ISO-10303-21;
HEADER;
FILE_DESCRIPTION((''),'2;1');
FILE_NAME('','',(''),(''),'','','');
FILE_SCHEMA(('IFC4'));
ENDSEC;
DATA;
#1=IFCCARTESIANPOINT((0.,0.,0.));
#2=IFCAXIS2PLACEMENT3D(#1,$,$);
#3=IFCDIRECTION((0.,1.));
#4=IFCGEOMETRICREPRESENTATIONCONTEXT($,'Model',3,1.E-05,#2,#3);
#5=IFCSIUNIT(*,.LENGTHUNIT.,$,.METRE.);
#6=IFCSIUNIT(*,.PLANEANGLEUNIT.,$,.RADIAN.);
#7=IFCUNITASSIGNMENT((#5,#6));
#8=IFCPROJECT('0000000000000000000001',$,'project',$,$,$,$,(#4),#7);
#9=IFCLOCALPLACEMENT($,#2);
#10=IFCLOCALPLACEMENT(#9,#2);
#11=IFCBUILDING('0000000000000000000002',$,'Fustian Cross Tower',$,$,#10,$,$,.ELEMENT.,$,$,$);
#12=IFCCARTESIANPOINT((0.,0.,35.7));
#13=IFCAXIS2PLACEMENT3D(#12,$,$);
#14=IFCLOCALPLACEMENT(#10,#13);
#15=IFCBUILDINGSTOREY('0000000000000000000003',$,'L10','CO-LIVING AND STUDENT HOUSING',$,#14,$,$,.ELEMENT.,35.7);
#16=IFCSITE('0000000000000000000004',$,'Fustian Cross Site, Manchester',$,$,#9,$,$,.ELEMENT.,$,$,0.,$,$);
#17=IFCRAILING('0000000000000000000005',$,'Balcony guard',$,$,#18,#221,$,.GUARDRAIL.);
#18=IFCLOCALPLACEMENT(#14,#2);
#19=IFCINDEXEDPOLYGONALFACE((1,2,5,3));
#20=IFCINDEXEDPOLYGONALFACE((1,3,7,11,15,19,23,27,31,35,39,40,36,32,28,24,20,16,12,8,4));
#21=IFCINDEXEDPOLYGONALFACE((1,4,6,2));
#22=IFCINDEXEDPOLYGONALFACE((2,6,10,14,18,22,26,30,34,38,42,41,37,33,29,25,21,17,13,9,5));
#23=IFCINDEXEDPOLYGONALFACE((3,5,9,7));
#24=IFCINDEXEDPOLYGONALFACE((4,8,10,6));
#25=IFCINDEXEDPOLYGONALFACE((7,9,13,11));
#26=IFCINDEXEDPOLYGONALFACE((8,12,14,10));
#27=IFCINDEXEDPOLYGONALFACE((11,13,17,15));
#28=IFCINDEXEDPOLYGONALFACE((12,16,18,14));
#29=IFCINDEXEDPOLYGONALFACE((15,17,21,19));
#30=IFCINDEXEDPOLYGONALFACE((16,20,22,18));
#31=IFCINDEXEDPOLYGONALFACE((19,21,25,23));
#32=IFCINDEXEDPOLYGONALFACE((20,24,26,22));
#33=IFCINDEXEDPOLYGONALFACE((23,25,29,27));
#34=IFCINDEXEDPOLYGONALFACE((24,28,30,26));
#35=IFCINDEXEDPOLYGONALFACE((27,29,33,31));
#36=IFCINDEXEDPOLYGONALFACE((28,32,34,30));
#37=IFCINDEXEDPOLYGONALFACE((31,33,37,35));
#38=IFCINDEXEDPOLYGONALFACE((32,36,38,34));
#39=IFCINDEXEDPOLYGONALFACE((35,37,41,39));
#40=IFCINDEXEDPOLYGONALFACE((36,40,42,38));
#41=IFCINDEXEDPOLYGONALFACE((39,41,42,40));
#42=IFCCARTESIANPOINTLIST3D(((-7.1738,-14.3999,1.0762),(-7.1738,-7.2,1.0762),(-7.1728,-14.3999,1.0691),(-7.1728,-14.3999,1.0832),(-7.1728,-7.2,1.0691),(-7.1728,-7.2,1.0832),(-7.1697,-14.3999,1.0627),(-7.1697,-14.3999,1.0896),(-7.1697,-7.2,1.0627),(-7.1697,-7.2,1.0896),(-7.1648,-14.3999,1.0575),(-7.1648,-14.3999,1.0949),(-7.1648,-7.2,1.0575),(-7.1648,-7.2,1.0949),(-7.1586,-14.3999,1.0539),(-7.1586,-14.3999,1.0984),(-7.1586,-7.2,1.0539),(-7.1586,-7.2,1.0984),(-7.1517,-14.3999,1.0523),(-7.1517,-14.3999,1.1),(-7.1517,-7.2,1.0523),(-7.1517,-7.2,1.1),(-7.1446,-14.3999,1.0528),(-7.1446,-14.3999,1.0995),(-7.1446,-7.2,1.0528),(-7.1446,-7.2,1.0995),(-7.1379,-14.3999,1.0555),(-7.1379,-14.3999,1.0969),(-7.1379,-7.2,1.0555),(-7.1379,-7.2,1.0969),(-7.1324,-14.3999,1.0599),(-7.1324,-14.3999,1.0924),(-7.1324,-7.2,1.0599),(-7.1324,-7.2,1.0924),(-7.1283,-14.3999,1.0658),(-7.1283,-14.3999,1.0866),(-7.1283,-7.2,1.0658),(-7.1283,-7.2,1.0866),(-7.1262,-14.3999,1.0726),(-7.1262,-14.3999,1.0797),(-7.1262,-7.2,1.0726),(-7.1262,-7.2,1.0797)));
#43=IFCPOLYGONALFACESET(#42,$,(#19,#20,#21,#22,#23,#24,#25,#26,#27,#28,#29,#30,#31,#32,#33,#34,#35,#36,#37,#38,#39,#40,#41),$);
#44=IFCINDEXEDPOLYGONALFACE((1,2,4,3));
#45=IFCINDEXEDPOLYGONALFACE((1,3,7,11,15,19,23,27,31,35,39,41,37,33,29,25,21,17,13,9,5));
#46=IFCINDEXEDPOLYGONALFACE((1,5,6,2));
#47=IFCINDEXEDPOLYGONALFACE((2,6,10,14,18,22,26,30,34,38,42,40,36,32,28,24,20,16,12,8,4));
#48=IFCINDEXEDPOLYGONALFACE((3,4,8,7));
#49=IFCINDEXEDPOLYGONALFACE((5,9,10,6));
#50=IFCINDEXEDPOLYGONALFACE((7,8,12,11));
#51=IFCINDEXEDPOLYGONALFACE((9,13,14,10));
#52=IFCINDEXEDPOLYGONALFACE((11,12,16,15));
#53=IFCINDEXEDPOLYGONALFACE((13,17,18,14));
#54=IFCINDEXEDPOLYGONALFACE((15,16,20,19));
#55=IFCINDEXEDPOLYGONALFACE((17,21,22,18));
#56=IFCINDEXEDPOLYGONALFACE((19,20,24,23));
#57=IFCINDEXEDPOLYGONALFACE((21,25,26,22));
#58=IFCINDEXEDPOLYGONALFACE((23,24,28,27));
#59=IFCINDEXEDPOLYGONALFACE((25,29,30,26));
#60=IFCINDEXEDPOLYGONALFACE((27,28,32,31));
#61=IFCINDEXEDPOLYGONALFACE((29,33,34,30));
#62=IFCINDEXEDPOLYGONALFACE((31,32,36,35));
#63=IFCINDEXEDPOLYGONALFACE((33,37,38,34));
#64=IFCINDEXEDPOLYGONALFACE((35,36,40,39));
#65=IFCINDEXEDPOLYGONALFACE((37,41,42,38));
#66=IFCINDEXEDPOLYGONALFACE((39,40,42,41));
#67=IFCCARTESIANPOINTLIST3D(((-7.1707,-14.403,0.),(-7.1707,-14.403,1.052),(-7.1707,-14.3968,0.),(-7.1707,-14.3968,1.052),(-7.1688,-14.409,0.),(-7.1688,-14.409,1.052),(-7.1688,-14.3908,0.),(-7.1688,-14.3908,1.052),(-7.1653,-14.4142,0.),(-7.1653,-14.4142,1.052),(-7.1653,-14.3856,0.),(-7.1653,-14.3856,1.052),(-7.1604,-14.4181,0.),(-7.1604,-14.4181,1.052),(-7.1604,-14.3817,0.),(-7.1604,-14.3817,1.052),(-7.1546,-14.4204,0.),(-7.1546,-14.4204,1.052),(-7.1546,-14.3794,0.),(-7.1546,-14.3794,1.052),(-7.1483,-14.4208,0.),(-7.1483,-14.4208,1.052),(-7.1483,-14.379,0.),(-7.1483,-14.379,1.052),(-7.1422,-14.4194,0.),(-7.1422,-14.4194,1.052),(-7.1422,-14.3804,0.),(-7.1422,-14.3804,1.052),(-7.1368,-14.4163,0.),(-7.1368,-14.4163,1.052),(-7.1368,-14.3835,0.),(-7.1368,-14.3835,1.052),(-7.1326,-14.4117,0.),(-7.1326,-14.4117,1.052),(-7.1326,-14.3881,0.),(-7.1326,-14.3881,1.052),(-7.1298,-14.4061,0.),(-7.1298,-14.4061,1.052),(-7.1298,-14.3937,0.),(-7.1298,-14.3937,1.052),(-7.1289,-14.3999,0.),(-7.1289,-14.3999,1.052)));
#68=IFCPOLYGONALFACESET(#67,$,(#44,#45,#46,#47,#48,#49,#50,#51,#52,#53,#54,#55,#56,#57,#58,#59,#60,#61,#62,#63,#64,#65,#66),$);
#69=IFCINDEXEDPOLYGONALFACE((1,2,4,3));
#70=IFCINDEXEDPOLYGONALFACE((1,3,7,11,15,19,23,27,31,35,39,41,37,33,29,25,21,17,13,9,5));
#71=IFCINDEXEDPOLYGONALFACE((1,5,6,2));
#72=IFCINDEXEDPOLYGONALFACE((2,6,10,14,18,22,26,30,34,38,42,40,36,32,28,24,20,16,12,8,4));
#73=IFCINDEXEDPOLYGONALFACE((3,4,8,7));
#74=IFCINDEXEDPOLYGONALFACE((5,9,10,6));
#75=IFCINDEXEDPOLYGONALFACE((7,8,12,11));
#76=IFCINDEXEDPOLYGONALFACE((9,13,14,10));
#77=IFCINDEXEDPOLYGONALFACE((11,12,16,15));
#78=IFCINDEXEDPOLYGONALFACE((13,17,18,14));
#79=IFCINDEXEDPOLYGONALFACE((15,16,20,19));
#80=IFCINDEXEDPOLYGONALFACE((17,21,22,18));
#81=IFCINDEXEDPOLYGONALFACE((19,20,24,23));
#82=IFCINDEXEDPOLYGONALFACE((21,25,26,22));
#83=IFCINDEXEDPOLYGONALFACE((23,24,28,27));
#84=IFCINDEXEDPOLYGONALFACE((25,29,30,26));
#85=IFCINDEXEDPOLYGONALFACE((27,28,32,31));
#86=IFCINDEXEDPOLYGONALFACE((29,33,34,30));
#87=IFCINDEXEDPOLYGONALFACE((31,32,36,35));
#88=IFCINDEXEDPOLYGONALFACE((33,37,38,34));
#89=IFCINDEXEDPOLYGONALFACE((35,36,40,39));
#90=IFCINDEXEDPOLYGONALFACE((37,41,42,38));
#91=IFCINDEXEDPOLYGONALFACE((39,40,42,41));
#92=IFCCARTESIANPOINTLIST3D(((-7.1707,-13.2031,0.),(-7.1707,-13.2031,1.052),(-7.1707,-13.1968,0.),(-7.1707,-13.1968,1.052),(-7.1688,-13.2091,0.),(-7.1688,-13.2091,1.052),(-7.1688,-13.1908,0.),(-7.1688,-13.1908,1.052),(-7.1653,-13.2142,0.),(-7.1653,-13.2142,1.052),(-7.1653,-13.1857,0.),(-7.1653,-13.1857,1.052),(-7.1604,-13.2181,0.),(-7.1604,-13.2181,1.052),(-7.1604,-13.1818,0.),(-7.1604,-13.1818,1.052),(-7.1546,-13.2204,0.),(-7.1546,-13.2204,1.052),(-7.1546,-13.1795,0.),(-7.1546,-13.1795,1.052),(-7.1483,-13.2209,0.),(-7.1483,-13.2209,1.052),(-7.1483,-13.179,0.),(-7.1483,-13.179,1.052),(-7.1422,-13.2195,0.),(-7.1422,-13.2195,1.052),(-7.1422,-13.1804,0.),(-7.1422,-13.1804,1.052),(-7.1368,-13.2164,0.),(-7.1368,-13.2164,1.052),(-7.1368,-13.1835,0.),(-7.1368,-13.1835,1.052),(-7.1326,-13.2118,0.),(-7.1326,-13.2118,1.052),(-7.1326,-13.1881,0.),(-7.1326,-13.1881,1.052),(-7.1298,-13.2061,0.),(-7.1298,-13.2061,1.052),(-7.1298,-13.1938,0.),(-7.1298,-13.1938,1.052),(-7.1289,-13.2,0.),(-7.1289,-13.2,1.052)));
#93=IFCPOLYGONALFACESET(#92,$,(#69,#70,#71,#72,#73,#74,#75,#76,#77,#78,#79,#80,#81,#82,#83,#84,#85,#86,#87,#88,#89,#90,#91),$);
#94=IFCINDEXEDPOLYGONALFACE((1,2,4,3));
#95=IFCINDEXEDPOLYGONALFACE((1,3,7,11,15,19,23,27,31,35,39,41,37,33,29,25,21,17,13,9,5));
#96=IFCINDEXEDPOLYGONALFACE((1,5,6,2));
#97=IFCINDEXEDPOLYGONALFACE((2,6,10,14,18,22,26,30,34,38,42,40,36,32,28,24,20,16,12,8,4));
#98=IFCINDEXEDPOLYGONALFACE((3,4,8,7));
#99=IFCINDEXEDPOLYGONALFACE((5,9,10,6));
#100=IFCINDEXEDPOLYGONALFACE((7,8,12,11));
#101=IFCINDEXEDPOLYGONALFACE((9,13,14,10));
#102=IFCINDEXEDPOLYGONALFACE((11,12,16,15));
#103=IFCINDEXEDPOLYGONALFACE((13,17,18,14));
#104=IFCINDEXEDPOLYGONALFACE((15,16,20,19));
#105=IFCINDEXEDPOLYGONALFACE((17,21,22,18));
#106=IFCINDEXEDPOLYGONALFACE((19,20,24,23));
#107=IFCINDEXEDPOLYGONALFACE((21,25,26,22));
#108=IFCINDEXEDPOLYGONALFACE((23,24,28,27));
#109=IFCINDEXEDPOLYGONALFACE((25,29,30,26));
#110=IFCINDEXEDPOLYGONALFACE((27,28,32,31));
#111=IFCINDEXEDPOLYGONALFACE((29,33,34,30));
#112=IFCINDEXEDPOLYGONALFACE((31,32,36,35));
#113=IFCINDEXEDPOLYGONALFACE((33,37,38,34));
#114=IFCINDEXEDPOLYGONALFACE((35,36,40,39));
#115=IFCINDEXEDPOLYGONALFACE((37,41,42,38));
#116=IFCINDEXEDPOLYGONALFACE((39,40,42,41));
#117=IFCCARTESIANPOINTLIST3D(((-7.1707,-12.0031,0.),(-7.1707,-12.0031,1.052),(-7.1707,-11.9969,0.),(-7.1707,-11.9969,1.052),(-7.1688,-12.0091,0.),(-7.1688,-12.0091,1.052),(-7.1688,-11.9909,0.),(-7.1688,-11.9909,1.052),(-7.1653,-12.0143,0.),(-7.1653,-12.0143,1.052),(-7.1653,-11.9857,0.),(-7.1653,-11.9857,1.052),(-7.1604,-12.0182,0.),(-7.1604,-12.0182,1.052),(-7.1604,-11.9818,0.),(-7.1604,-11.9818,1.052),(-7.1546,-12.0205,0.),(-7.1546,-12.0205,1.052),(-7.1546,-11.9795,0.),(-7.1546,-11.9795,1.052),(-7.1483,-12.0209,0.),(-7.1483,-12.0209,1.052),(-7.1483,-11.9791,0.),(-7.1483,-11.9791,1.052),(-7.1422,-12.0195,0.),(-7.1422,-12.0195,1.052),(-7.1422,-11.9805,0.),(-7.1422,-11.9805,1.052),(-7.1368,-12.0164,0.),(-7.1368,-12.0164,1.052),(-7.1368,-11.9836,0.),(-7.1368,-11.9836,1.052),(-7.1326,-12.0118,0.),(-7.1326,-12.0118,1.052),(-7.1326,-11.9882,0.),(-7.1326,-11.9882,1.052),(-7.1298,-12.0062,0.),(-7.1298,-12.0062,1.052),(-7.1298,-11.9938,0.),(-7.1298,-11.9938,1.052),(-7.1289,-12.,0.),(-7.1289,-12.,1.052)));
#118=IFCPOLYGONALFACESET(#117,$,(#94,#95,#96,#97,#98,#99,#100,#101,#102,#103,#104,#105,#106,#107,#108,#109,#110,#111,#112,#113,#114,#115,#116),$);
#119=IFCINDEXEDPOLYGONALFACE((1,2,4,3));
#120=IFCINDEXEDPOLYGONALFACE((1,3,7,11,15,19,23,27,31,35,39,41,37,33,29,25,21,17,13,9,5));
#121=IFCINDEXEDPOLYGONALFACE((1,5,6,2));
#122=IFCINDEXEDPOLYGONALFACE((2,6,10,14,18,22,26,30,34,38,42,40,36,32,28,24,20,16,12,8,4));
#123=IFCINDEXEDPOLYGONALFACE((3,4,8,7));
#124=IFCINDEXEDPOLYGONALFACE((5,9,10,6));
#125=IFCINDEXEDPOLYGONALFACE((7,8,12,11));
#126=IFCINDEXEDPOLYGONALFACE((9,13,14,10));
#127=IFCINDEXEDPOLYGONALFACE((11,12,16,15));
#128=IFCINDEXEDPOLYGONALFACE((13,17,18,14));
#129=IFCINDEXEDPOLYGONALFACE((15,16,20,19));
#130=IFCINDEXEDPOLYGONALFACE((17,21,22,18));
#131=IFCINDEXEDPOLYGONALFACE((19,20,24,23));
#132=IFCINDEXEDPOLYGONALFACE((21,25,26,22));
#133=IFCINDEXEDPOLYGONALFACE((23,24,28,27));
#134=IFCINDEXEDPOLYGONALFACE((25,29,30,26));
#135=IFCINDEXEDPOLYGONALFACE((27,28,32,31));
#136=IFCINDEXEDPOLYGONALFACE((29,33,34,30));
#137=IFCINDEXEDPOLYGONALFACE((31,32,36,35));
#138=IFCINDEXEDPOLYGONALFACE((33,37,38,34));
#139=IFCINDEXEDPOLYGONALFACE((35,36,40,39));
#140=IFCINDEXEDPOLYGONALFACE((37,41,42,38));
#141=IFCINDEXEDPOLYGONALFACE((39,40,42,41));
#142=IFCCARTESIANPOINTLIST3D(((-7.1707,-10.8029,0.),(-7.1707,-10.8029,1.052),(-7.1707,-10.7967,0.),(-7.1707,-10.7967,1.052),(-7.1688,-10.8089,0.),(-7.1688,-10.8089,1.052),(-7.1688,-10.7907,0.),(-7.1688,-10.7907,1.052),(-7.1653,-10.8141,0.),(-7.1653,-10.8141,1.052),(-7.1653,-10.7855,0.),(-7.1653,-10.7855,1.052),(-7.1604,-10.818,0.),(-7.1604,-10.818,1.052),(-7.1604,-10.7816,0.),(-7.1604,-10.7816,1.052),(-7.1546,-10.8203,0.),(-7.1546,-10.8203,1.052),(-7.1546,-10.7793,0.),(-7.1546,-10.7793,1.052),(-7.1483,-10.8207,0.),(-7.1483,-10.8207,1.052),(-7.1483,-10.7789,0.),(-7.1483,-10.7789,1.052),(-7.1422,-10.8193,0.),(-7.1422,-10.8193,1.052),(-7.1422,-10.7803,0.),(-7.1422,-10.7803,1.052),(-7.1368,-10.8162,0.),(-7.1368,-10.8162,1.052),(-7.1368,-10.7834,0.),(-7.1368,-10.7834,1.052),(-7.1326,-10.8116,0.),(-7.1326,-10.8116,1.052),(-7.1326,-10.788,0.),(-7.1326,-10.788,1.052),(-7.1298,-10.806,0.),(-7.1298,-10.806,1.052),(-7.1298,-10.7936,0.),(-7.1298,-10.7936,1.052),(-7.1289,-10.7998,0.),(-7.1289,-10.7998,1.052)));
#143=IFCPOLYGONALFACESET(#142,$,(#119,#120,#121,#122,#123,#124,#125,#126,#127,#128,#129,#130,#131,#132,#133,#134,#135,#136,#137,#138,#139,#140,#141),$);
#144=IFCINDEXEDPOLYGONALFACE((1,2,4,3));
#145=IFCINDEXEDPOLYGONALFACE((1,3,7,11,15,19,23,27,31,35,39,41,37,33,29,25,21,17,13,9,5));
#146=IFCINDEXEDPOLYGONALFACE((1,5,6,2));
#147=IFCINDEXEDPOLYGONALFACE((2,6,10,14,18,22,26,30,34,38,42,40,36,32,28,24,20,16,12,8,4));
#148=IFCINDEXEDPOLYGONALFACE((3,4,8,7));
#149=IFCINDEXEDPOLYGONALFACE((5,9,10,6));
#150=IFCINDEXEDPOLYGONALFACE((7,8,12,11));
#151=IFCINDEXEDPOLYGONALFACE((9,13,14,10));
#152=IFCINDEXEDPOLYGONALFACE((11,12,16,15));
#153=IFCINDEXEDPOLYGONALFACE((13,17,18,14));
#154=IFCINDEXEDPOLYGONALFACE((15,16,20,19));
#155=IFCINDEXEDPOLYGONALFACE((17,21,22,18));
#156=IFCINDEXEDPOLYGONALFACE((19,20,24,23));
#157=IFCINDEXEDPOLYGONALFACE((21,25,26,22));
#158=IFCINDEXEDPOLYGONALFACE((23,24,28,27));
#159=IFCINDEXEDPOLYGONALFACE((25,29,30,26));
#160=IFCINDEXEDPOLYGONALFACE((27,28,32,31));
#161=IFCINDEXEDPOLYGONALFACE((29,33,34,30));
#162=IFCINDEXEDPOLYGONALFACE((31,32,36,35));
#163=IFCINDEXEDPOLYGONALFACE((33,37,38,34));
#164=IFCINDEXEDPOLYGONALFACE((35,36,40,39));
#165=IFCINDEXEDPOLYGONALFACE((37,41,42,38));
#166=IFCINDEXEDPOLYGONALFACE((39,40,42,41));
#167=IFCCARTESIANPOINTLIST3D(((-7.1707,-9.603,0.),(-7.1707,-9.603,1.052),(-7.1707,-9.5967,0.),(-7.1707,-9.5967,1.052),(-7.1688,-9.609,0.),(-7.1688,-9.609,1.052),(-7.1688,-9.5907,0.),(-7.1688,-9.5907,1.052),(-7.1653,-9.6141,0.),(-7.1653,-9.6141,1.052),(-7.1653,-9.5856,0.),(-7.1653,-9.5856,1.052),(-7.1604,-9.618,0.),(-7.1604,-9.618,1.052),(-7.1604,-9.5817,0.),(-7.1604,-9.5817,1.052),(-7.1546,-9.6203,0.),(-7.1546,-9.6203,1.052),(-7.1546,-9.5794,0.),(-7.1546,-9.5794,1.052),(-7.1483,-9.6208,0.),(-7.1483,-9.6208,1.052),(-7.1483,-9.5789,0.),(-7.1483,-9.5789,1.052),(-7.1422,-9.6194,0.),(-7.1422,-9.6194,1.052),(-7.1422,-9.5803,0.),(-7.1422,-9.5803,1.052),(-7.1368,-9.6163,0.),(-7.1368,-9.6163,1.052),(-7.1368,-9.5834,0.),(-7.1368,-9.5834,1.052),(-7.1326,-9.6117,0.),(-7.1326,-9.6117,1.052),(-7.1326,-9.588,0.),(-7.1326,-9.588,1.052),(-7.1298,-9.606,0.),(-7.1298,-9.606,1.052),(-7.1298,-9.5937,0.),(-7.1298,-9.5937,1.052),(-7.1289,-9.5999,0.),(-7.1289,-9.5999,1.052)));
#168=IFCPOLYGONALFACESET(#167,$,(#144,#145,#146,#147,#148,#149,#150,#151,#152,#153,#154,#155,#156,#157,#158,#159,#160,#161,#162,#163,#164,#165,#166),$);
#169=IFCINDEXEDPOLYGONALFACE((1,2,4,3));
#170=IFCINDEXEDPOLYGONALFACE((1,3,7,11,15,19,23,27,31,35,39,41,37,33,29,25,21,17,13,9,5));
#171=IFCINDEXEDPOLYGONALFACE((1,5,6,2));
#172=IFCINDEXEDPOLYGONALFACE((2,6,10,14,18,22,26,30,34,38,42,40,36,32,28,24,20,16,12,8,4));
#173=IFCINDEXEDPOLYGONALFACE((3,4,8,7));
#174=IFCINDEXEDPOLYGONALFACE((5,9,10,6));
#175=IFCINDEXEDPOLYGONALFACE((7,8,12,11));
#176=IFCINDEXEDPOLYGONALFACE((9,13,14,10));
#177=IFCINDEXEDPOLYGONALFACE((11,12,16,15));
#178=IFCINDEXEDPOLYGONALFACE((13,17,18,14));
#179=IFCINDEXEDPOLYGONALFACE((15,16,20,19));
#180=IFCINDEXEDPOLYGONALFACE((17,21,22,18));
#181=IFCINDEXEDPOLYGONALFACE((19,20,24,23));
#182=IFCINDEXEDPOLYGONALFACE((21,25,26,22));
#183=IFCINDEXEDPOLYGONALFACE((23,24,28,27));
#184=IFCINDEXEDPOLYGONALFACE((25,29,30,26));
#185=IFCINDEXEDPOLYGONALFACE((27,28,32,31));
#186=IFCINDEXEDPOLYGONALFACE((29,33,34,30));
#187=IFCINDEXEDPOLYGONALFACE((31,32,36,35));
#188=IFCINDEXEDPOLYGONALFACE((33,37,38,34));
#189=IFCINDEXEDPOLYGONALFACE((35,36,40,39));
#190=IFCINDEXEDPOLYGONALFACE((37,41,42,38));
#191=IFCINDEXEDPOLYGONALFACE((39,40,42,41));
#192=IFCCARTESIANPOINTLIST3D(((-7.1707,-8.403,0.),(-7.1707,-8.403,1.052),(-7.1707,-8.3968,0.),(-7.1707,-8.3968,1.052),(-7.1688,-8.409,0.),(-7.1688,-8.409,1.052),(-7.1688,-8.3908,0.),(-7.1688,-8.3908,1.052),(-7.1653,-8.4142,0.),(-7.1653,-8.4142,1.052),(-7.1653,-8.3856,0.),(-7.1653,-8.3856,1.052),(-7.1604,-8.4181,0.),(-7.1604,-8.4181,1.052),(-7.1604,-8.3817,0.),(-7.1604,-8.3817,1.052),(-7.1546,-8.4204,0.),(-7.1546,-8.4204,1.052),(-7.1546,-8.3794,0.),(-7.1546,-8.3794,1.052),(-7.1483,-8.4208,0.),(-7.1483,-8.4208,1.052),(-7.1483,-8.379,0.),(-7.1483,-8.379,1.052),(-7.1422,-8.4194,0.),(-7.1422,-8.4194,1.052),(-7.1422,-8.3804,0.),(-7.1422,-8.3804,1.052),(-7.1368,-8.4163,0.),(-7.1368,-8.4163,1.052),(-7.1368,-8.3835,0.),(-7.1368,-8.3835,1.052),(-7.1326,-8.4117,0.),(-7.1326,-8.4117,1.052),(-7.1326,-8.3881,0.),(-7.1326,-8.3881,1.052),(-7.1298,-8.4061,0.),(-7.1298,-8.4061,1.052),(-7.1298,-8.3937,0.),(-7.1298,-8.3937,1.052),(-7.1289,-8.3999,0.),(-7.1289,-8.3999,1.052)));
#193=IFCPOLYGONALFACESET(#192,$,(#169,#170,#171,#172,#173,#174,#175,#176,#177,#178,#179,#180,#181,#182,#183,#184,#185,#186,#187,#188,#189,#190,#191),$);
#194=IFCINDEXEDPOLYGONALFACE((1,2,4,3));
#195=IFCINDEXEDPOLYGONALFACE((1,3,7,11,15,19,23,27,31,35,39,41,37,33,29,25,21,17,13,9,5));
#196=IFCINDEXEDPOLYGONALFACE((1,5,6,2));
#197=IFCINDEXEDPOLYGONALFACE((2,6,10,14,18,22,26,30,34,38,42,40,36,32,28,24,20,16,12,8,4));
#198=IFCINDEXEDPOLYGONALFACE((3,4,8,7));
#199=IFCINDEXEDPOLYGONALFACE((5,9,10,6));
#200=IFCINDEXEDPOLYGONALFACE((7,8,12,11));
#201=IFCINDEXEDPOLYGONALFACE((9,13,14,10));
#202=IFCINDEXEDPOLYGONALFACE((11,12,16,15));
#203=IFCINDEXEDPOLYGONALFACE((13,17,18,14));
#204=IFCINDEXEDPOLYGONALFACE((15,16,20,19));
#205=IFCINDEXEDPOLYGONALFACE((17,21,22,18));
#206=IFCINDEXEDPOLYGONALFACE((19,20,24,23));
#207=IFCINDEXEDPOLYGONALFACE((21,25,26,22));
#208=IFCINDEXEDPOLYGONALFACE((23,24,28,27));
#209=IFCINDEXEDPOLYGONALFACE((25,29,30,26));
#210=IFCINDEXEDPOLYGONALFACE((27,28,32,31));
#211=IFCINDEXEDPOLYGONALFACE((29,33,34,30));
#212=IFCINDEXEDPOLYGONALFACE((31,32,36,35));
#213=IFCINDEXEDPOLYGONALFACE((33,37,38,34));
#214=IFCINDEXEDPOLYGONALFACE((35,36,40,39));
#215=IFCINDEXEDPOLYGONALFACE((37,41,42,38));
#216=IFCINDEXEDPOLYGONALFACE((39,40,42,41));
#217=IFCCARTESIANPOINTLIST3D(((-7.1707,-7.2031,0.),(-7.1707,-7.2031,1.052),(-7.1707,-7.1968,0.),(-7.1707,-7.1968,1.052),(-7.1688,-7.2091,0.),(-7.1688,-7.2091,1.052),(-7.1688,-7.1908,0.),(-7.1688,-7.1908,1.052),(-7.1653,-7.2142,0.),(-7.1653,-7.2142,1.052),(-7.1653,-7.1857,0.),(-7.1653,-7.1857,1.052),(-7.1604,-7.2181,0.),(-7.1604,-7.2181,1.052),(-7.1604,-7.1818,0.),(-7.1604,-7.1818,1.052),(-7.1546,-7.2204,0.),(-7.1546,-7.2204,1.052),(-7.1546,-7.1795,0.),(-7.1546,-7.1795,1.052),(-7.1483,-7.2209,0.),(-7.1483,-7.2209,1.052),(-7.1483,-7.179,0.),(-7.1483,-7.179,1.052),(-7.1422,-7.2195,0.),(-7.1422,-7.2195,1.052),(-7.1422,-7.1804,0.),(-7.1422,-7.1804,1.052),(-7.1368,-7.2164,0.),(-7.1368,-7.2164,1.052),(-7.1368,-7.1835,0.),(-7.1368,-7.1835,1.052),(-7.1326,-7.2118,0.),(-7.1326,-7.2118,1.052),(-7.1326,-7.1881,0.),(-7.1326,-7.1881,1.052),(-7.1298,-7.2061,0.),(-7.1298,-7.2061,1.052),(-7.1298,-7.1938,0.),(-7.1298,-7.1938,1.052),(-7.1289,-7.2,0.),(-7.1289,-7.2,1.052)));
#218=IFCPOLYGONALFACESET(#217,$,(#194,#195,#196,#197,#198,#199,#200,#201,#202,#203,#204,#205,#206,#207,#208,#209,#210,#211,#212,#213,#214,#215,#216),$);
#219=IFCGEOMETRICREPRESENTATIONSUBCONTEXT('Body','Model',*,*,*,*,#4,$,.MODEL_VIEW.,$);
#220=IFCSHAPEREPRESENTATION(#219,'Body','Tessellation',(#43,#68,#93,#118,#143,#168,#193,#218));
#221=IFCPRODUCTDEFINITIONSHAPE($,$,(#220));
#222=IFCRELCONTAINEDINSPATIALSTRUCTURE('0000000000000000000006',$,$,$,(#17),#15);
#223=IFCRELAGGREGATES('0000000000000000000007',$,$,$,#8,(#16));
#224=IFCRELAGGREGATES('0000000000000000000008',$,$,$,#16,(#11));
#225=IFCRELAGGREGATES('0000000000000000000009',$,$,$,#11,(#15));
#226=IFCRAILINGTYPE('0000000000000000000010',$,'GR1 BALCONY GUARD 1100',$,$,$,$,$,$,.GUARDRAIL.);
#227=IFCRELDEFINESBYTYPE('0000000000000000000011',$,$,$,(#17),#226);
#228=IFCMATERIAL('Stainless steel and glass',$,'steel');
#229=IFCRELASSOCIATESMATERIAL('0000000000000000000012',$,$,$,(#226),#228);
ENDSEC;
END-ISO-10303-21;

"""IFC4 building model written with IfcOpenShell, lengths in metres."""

from ifc_helpers import new_model, si_unit, direction, frame, origin, origin_2d, place, context, subcontext, project, spatial, circle, extrude, material, type_object, element, save


model = new_model("IFC4")

# Units and contexts
model_context = context("Model", 3, precision=1e-05, world=origin(), true_north=direction((0.0, 1.0)))
body_context = subcontext(model_context, "Body", "Model", "MODEL_VIEW")
ifc_project = project(units=[si_unit("LENGTHUNIT", "METRE"), si_unit("PLANEANGLEUNIT", "RADIAN")], contexts=[model_context])

# Site, building, storey
site_placement = place(None, origin())
site = spatial("IfcSite", under=ifc_project, at=site_placement, Name="Fustian Cross Site, Manchester", CompositionType="ELEMENT", RefElevation=0.0)
building_placement = place(site_placement, origin())
building = spatial("IfcBuilding", under=site, at=building_placement, Name="Fustian Cross Tower", CompositionType="ELEMENT")
storey_placement = place(building_placement, frame((0.0, 0.0, 35.7)))
storey = spatial("IfcBuildingStorey", under=building, at=storey_placement, Name="L10", Description="CO-LIVING AND STUDENT HOUSING", CompositionType="ELEMENT", Elevation=35.7)

# Railing
ifc_material_1 = material(Name="Stainless steel and glass", Category="steel")
railing_type = type_object("IfcRailingType", Name="GR1 BALCONY GUARD 1100", PredefinedType="GUARDRAIL", material=ifc_material_1)
railing_placement = place(storey_placement, frame((-7.1499, -14.3999, 0.0)))
element("IfcRailing", 1, at=railing_placement, inside=storey, type_object=railing_type, Name="Balcony guard", PredefinedType="GUARDRAIL", context=body_context, shape_type="SweptSolid", body=[
    extrude(circle(Radius=0.0239, at=origin_2d()), frame((0.0, 0.0, 1.0762), z_axis=(0.0, 1.0, 0.0), x_axis=(-1.0, 0.0, 0.0)), (0.0, 0.0, 1.0), 7.2),
    extrude(circle(Radius=0.021, at=origin_2d()), origin(), (0.0, 0.0, 1.0), 1.052),
    extrude(circle(Radius=0.021, at=origin_2d()), frame((0.0, 1.2, 0.0)), (0.0, 0.0, 1.0), 1.052),
    extrude(circle(Radius=0.021, at=origin_2d()), frame((0.0, 2.3999, 0.0)), (0.0, 0.0, 1.0), 1.052),
    extrude(circle(Radius=0.021, at=origin_2d()), frame((0.0, 3.6001, 0.0)), (0.0, 0.0, 1.0), 1.052),
    extrude(circle(Radius=0.021, at=origin_2d()), frame((0.0, 4.8, 0.0)), (0.0, 0.0, 1.0), 1.052),
    extrude(circle(Radius=0.021, at=origin_2d()), frame((0.0, 6.0, 0.0)), (0.0, 0.0, 1.0), 1.052),
    extrude(circle(Radius=0.021, at=origin_2d()), frame((0.0, 7.2, 0.0)), (0.0, 0.0, 1.0), 1.052),
])

save(model, "model.ifc")
